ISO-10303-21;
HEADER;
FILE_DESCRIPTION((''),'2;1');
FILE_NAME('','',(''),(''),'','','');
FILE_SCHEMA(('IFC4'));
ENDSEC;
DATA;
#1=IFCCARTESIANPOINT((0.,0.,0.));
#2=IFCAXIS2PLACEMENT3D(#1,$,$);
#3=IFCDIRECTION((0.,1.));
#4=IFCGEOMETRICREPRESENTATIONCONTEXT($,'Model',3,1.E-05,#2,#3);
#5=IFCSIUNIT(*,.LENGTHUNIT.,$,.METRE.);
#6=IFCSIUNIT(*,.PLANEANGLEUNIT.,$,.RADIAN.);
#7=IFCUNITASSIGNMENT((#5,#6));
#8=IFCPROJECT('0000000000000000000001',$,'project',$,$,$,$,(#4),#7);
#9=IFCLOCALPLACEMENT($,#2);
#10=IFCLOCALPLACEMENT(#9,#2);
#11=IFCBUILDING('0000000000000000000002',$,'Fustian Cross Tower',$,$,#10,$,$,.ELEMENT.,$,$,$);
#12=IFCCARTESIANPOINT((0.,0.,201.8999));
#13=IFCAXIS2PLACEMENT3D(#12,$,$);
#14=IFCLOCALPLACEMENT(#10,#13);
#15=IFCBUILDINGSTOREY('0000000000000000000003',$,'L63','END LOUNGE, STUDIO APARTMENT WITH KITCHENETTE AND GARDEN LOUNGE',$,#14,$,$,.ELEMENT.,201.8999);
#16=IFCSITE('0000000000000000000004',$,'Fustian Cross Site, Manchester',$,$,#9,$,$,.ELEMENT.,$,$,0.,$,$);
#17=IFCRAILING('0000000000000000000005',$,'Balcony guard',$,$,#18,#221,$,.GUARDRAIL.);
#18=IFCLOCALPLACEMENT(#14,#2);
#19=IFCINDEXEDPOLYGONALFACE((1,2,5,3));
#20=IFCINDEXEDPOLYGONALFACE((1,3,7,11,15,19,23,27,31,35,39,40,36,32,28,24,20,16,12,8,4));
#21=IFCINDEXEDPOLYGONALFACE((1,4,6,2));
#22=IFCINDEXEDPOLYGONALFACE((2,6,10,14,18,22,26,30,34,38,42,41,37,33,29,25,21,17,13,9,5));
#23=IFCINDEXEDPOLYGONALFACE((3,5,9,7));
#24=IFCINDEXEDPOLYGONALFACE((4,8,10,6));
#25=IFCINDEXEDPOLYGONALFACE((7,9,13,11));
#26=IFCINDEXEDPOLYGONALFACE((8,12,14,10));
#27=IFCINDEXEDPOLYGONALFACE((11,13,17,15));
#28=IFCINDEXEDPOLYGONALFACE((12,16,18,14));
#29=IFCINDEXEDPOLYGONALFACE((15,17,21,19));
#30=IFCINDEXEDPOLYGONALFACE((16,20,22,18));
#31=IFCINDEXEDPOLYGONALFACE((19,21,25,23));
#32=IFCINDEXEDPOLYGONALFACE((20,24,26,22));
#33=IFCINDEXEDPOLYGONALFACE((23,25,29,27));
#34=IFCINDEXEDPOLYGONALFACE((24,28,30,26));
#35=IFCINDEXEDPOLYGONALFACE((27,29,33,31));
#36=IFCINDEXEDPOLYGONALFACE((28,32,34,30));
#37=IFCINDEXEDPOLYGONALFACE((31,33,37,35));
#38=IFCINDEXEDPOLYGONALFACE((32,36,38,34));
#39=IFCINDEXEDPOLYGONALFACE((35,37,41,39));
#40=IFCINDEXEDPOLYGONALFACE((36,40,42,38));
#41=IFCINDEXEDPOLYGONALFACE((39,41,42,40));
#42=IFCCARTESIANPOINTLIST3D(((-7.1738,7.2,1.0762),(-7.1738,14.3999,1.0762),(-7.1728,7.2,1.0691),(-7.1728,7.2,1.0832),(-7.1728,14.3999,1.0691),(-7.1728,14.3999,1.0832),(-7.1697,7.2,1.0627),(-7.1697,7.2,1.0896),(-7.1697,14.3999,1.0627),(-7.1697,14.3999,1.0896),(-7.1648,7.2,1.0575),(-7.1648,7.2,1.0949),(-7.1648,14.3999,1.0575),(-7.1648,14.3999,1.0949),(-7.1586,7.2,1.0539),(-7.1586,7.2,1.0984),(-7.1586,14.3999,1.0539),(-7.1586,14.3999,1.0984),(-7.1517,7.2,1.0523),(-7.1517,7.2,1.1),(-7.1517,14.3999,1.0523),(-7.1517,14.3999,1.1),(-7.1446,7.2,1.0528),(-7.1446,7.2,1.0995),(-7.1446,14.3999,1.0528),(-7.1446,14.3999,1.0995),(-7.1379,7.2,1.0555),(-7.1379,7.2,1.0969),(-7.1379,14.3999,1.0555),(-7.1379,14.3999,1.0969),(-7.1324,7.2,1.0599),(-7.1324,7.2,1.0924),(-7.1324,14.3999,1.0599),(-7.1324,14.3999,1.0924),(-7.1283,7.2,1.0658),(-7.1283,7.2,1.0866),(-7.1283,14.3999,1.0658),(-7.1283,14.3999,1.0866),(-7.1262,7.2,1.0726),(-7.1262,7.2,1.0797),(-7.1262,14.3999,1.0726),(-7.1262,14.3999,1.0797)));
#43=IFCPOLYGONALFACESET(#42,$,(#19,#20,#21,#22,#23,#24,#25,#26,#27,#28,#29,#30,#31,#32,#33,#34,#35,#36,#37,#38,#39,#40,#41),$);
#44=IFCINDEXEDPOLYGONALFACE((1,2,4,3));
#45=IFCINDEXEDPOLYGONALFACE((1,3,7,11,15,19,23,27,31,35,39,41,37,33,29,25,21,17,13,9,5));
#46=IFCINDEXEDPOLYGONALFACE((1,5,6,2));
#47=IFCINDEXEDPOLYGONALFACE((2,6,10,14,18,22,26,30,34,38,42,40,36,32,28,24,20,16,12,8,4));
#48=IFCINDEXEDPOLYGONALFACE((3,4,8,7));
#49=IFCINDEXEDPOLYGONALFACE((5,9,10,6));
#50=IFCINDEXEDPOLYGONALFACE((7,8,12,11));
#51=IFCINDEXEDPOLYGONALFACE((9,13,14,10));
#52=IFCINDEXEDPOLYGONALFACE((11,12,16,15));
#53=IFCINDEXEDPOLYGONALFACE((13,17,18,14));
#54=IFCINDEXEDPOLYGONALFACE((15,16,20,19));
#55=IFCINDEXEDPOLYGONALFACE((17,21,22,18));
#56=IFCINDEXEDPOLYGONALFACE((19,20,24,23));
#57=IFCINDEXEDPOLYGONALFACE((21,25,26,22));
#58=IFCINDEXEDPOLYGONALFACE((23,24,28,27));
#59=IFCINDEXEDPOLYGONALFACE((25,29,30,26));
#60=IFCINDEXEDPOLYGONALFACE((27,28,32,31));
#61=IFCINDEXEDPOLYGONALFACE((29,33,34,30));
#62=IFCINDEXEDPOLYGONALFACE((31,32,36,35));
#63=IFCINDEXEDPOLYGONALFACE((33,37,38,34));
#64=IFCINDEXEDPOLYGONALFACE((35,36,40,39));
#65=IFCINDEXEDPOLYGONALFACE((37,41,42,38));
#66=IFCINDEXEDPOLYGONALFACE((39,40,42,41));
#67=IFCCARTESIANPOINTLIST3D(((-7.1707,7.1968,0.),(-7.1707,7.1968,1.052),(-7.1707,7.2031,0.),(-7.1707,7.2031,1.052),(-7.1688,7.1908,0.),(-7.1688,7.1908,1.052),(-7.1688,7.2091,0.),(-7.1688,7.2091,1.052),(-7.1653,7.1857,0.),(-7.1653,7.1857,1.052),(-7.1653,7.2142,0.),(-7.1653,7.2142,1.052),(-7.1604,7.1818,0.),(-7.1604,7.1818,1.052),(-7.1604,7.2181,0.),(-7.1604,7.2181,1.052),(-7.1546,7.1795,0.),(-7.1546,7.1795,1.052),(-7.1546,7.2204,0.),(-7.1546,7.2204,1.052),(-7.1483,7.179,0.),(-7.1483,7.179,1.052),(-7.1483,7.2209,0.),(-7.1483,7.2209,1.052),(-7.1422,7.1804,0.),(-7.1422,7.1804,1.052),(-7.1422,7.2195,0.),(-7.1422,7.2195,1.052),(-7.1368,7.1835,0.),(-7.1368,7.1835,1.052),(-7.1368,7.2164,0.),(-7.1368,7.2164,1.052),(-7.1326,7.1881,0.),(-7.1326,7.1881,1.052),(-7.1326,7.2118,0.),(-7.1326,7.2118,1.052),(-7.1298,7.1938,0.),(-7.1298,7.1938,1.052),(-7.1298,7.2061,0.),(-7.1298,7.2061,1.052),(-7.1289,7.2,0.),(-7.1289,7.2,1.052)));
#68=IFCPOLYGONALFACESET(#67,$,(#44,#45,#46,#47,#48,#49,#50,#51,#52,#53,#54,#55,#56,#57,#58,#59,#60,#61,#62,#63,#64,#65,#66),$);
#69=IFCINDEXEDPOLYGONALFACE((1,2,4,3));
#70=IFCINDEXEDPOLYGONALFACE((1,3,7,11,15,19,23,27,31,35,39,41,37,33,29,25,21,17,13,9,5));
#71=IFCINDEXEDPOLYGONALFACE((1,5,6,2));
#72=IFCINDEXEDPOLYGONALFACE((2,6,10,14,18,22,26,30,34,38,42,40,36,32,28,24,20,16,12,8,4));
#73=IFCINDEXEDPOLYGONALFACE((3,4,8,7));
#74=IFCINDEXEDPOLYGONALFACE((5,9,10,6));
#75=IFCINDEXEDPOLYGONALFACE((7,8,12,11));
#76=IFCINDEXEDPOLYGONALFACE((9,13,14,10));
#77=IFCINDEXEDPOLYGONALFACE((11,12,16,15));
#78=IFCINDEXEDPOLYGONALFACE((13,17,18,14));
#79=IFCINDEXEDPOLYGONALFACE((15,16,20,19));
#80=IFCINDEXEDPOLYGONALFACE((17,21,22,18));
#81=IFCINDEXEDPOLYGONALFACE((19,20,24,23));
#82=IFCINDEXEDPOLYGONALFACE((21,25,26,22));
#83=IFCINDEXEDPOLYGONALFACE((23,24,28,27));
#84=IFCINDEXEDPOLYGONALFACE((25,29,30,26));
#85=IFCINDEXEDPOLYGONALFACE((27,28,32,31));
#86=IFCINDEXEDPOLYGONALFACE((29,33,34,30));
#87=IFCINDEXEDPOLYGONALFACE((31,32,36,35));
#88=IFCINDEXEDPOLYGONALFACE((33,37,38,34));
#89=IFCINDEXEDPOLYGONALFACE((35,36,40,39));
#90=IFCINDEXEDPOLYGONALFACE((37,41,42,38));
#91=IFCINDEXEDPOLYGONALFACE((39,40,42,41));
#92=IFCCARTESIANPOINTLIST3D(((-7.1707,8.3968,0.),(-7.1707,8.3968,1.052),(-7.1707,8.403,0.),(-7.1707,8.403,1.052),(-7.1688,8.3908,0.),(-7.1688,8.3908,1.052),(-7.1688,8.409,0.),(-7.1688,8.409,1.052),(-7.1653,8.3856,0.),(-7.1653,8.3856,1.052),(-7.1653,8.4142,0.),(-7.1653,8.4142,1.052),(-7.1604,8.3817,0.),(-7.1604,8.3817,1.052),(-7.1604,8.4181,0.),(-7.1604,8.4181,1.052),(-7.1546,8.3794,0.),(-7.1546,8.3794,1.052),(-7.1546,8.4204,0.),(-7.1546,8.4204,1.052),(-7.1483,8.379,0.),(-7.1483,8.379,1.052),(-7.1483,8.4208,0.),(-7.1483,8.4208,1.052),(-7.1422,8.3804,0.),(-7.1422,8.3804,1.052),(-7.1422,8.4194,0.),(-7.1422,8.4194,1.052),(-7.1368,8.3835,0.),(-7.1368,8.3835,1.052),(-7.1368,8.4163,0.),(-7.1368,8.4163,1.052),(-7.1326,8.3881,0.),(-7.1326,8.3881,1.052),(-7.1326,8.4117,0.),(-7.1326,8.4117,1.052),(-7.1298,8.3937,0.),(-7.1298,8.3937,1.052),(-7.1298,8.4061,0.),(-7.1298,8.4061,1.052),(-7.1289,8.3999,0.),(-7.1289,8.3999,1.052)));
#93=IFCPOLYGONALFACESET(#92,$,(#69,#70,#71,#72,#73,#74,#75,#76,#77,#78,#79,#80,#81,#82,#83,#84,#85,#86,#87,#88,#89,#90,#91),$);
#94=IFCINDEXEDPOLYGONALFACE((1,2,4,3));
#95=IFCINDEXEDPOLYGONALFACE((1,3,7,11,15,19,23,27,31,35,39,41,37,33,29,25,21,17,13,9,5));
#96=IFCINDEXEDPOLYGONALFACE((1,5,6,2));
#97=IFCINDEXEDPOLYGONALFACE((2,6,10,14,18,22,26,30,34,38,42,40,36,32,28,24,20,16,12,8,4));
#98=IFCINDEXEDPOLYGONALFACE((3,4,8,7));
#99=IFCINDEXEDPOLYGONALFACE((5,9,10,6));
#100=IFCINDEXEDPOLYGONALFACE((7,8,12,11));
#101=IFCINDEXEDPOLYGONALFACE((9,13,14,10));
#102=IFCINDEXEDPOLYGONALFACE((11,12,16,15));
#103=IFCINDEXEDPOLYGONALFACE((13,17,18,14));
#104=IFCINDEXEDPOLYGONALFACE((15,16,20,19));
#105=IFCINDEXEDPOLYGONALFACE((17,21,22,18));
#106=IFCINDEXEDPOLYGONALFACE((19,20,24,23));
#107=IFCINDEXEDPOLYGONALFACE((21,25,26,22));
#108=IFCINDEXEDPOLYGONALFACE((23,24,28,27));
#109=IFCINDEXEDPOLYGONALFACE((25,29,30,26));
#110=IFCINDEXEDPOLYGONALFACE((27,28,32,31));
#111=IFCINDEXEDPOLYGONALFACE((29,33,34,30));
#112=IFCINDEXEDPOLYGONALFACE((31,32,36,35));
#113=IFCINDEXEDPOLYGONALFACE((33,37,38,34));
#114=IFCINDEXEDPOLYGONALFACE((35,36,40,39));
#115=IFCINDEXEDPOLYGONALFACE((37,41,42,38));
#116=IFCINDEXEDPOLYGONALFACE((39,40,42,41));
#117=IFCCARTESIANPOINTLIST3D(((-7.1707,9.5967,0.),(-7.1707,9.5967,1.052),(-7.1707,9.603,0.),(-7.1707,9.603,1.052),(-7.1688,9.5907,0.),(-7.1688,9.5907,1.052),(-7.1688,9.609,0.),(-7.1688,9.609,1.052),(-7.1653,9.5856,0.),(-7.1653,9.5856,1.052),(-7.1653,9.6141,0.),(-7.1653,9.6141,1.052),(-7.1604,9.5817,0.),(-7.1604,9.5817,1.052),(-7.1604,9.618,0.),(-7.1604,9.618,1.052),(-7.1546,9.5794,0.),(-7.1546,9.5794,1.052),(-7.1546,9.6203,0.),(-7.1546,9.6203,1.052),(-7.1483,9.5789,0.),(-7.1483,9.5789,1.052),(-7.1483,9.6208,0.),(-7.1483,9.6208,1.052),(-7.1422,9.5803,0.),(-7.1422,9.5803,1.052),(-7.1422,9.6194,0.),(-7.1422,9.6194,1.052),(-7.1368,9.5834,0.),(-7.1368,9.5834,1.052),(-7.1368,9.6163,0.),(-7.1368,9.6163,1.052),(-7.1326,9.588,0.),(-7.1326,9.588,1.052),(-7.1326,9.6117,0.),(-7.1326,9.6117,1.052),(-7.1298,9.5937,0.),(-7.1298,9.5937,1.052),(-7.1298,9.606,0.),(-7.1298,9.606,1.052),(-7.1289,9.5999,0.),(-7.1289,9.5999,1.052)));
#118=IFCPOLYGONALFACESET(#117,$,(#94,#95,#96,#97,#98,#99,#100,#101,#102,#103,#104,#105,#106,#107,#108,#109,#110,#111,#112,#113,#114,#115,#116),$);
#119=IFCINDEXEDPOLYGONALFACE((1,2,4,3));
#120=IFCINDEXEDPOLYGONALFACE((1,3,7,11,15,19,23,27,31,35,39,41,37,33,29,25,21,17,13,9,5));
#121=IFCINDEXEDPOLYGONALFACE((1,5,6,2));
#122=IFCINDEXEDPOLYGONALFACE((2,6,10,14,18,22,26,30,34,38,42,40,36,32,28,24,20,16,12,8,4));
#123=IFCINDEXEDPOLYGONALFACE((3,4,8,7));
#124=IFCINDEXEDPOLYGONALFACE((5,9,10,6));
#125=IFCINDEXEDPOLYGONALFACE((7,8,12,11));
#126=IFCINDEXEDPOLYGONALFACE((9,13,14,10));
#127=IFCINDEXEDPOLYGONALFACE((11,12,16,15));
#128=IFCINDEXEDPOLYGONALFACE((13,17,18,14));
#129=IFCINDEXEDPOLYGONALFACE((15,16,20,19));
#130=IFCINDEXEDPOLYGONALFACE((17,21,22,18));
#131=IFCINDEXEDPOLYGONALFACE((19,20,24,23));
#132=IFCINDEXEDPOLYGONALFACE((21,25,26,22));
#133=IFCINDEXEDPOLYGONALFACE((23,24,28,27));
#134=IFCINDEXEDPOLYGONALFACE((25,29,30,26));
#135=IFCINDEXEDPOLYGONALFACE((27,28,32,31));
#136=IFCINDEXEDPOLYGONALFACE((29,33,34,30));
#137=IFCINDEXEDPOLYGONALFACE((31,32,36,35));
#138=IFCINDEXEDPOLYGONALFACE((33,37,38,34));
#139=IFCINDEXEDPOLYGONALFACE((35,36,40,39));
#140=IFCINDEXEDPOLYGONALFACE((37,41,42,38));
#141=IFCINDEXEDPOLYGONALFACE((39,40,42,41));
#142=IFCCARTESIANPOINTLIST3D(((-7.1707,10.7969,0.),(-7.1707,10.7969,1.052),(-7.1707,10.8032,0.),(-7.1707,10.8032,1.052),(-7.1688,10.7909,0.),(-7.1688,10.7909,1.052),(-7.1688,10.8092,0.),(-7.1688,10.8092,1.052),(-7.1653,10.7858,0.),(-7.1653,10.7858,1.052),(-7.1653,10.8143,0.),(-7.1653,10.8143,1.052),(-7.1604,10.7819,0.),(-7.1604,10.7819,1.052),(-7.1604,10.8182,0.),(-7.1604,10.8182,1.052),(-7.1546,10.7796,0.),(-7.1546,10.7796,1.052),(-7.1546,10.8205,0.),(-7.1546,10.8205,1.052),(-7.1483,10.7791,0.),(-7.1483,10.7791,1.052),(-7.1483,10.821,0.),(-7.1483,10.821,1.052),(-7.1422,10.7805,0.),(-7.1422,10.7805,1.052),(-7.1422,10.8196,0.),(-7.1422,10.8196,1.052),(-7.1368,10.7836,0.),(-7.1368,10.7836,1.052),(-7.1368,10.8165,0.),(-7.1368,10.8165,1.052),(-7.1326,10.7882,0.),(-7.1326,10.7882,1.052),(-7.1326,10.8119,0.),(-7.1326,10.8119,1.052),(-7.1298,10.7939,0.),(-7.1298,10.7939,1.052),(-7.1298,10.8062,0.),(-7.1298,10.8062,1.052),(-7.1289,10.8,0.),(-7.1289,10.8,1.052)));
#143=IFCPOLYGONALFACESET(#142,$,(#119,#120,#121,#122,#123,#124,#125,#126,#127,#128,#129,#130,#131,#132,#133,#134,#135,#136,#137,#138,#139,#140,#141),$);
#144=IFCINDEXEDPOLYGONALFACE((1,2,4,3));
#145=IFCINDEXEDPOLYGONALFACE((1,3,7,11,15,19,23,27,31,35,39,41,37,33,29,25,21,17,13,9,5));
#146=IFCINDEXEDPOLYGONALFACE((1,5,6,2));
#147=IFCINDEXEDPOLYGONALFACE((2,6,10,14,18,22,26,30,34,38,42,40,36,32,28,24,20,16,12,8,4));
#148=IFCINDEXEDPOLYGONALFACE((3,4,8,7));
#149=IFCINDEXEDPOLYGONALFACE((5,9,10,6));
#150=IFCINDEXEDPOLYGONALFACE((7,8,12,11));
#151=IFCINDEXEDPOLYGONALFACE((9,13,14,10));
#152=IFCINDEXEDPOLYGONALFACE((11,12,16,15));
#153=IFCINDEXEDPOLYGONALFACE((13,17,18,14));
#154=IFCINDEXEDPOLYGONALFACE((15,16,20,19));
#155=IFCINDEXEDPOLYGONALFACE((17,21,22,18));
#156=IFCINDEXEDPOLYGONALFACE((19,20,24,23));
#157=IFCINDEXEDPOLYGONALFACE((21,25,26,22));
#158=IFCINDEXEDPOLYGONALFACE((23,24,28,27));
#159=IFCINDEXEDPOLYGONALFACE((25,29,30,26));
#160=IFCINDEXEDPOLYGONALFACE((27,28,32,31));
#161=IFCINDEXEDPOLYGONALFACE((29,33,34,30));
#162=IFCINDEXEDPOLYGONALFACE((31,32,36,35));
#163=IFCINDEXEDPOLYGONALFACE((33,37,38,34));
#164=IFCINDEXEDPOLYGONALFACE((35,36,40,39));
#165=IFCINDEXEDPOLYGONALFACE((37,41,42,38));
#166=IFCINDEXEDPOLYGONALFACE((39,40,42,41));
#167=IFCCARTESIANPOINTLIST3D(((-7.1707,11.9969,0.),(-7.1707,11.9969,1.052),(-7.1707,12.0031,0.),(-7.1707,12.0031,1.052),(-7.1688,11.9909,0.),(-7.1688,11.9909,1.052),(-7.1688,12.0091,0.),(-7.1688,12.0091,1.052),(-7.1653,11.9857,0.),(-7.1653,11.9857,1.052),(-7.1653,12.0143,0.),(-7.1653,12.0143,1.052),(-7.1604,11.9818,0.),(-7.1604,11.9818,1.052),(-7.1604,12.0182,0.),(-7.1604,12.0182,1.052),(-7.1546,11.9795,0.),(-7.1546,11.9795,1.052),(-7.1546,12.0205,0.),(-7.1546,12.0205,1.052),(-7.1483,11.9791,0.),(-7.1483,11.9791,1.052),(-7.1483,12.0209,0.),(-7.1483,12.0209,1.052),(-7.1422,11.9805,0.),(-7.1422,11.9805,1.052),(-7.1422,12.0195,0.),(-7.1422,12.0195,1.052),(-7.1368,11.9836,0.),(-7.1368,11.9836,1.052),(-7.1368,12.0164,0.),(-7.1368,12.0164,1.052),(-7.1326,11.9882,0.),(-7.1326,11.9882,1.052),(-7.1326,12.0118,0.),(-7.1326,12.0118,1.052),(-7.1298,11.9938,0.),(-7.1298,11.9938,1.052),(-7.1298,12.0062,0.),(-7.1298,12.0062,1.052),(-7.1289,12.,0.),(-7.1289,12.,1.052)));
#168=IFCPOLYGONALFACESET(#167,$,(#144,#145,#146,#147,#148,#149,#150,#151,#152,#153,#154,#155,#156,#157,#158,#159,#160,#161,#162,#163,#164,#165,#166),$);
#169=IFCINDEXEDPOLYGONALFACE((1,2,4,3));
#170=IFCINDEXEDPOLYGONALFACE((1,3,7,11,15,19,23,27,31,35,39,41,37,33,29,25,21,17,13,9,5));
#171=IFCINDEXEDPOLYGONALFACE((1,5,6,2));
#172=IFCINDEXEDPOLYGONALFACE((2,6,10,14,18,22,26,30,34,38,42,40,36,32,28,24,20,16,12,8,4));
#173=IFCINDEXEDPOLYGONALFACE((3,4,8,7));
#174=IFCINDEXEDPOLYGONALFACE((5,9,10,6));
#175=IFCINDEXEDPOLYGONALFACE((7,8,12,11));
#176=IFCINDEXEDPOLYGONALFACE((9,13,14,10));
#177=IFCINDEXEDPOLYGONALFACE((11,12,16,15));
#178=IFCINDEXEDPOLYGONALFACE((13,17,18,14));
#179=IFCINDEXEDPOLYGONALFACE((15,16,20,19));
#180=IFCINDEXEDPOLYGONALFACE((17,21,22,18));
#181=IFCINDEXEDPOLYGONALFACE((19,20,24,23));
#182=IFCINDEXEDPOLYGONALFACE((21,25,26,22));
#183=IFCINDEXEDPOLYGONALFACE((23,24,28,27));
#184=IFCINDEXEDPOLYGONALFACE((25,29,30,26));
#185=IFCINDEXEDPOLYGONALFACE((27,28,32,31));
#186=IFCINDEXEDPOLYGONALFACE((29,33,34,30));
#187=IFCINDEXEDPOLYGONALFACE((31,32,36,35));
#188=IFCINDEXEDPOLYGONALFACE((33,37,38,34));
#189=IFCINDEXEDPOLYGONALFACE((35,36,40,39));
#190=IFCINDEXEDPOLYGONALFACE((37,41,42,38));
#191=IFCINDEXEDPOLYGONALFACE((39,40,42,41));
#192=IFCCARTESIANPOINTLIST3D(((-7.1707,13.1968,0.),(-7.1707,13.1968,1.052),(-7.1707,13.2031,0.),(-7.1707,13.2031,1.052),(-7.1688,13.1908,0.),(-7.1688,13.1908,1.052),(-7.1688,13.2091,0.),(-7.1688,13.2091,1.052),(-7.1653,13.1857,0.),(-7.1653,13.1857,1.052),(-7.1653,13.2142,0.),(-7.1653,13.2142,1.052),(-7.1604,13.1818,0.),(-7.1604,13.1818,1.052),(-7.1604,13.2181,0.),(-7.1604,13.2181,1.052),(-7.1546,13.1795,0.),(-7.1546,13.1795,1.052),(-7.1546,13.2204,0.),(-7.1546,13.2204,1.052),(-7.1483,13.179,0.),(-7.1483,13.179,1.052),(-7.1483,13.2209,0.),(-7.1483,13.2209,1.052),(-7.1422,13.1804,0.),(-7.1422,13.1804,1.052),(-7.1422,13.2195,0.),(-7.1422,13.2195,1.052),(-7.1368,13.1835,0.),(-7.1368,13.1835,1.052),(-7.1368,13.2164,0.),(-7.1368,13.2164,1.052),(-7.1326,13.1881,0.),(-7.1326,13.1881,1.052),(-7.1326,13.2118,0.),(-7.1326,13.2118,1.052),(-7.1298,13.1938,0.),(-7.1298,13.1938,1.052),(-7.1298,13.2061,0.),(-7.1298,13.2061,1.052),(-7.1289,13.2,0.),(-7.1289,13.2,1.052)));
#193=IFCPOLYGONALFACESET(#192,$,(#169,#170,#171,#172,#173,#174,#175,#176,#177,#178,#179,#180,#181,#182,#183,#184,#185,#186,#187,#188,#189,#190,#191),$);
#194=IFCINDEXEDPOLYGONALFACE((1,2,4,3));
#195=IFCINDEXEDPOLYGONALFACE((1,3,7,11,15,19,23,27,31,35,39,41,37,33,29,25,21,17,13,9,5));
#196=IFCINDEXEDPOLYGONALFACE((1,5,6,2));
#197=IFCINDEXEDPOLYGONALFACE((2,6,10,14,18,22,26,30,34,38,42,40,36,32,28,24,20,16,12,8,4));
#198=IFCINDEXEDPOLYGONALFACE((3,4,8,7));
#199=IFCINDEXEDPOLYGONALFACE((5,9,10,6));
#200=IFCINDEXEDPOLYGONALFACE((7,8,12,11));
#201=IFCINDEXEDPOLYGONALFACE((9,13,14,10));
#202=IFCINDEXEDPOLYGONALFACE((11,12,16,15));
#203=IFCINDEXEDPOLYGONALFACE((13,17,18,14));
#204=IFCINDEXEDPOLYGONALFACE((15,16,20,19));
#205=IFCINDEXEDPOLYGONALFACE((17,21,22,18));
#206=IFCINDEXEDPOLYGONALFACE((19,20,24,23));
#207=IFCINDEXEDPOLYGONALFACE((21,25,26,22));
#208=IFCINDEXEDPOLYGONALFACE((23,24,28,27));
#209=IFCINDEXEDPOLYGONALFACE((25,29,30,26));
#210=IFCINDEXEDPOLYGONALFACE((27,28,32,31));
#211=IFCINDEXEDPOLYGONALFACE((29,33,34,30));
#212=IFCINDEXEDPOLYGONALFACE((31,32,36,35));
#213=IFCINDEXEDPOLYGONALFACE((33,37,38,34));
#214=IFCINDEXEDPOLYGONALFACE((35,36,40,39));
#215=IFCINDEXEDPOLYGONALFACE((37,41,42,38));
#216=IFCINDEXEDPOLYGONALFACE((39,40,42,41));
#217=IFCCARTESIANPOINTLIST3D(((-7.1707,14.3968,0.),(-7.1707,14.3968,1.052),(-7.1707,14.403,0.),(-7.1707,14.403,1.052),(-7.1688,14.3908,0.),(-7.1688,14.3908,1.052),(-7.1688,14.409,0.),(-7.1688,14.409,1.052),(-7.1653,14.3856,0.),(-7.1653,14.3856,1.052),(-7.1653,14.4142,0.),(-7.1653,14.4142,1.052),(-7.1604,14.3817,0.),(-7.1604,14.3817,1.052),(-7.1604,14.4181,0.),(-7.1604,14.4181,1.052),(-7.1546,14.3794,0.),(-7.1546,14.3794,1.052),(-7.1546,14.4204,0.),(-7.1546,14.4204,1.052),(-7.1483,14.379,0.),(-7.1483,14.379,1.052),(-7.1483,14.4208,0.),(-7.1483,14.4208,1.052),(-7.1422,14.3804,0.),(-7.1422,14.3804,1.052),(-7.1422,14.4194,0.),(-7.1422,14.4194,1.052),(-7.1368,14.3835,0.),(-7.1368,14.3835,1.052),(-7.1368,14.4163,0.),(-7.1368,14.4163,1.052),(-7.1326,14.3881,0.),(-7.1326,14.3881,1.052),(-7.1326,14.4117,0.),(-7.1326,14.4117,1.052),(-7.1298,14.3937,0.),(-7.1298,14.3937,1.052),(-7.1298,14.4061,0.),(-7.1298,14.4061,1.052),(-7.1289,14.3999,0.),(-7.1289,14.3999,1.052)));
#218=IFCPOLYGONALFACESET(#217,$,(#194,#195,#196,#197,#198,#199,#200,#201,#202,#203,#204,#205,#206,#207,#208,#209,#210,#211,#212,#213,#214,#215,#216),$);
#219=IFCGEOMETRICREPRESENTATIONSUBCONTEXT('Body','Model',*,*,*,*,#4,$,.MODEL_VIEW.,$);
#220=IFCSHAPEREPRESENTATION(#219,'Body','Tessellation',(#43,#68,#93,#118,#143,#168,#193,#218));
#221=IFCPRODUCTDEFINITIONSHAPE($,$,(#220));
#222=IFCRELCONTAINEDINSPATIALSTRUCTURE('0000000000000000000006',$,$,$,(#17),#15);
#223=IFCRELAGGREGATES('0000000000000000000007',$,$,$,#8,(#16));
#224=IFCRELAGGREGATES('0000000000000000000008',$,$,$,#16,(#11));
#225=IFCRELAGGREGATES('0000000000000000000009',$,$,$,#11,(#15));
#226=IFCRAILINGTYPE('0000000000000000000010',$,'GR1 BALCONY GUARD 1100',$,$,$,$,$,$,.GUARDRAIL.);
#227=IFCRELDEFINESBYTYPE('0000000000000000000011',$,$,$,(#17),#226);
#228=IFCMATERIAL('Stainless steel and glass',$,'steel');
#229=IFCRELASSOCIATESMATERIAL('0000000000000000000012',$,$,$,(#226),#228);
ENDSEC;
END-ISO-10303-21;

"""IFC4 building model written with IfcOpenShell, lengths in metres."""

from ifc_helpers import new_model, si_unit, direction, frame, origin, origin_2d, place, context, subcontext, project, spatial, circle, extrude, material, type_object, element, save


model = new_model("IFC4")

# Units and contexts
model_context = context("Model", 3, precision=1e-05, world=origin(), true_north=direction((0.0, 1.0)))
body_context = subcontext(model_context, "Body", "Model", "MODEL_VIEW")
ifc_project = project(units=[si_unit("LENGTHUNIT", "METRE"), si_unit("PLANEANGLEUNIT", "RADIAN")], contexts=[model_context])

# Site, building, storey
site_placement = place(None, origin())
site = spatial("IfcSite", under=ifc_project, at=site_placement, Name="Fustian Cross Site, Manchester", CompositionType="ELEMENT", RefElevation=0.0)
building_placement = place(site_placement, origin())
building = spatial("IfcBuilding", under=site, at=building_placement, Name="Fustian Cross Tower", CompositionType="ELEMENT")
storey_placement = place(building_placement, frame((0.0, 0.0, 201.8999)))
storey = spatial("IfcBuildingStorey", under=building, at=storey_placement, Name="L63", Description="END LOUNGE, STUDIO APARTMENT WITH KITCHENETTE AND GARDEN LOUNGE", CompositionType="ELEMENT", Elevation=201.8999)

# Railing
ifc_material_1 = material(Name="Stainless steel and glass", Category="steel")
railing_type_1 = type_object("IfcRailingType", Name="GR1 BALCONY GUARD 1100", PredefinedType="GUARDRAIL", material=ifc_material_1)
railing_1_placement = place(storey_placement, frame((-7.1499, 7.2, 0.0)))
element("IfcRailing", 1, at=railing_1_placement, inside=storey, type_object=railing_type_1, Name="Balcony guard", PredefinedType="GUARDRAIL", context=body_context, shape_type="SweptSolid", body=[
    extrude(circle(Radius=0.0239, at=origin_2d()), frame((0.0, 0.0, 1.0762), z_axis=(0.0, 1.0, 0.0), x_axis=(-1.0, 0.0, 0.0)), (0.0, 0.0, 1.0), 7.2),
    extrude(circle(Radius=0.021, at=origin_2d()), origin(), (0.0, 0.0, 1.0), 1.052),
    extrude(circle(Radius=0.021, at=origin_2d()), frame((0.0, 1.2, 0.0)), (0.0, 0.0, 1.0), 1.052),
    extrude(circle(Radius=0.021, at=origin_2d()), frame((0.0, 2.3999, 0.0)), (0.0, 0.0, 1.0), 1.052),
    extrude(circle(Radius=0.021, at=origin_2d()), frame((0.0, 3.6001, 0.0)), (0.0, 0.0, 1.0), 1.052),
    extrude(circle(Radius=0.021, at=origin_2d()), frame((0.0, 4.8, 0.0)), (0.0, 0.0, 1.0), 1.052),
    extrude(circle(Radius=0.021, at=origin_2d()), frame((0.0, 6.0, 0.0)), (0.0, 0.0, 1.0), 1.052),
    extrude(circle(Radius=0.021, at=origin_2d()), frame((0.0, 7.2, 0.0)), (0.0, 0.0, 1.0), 1.052),
])

save(model, "model.ifc")
